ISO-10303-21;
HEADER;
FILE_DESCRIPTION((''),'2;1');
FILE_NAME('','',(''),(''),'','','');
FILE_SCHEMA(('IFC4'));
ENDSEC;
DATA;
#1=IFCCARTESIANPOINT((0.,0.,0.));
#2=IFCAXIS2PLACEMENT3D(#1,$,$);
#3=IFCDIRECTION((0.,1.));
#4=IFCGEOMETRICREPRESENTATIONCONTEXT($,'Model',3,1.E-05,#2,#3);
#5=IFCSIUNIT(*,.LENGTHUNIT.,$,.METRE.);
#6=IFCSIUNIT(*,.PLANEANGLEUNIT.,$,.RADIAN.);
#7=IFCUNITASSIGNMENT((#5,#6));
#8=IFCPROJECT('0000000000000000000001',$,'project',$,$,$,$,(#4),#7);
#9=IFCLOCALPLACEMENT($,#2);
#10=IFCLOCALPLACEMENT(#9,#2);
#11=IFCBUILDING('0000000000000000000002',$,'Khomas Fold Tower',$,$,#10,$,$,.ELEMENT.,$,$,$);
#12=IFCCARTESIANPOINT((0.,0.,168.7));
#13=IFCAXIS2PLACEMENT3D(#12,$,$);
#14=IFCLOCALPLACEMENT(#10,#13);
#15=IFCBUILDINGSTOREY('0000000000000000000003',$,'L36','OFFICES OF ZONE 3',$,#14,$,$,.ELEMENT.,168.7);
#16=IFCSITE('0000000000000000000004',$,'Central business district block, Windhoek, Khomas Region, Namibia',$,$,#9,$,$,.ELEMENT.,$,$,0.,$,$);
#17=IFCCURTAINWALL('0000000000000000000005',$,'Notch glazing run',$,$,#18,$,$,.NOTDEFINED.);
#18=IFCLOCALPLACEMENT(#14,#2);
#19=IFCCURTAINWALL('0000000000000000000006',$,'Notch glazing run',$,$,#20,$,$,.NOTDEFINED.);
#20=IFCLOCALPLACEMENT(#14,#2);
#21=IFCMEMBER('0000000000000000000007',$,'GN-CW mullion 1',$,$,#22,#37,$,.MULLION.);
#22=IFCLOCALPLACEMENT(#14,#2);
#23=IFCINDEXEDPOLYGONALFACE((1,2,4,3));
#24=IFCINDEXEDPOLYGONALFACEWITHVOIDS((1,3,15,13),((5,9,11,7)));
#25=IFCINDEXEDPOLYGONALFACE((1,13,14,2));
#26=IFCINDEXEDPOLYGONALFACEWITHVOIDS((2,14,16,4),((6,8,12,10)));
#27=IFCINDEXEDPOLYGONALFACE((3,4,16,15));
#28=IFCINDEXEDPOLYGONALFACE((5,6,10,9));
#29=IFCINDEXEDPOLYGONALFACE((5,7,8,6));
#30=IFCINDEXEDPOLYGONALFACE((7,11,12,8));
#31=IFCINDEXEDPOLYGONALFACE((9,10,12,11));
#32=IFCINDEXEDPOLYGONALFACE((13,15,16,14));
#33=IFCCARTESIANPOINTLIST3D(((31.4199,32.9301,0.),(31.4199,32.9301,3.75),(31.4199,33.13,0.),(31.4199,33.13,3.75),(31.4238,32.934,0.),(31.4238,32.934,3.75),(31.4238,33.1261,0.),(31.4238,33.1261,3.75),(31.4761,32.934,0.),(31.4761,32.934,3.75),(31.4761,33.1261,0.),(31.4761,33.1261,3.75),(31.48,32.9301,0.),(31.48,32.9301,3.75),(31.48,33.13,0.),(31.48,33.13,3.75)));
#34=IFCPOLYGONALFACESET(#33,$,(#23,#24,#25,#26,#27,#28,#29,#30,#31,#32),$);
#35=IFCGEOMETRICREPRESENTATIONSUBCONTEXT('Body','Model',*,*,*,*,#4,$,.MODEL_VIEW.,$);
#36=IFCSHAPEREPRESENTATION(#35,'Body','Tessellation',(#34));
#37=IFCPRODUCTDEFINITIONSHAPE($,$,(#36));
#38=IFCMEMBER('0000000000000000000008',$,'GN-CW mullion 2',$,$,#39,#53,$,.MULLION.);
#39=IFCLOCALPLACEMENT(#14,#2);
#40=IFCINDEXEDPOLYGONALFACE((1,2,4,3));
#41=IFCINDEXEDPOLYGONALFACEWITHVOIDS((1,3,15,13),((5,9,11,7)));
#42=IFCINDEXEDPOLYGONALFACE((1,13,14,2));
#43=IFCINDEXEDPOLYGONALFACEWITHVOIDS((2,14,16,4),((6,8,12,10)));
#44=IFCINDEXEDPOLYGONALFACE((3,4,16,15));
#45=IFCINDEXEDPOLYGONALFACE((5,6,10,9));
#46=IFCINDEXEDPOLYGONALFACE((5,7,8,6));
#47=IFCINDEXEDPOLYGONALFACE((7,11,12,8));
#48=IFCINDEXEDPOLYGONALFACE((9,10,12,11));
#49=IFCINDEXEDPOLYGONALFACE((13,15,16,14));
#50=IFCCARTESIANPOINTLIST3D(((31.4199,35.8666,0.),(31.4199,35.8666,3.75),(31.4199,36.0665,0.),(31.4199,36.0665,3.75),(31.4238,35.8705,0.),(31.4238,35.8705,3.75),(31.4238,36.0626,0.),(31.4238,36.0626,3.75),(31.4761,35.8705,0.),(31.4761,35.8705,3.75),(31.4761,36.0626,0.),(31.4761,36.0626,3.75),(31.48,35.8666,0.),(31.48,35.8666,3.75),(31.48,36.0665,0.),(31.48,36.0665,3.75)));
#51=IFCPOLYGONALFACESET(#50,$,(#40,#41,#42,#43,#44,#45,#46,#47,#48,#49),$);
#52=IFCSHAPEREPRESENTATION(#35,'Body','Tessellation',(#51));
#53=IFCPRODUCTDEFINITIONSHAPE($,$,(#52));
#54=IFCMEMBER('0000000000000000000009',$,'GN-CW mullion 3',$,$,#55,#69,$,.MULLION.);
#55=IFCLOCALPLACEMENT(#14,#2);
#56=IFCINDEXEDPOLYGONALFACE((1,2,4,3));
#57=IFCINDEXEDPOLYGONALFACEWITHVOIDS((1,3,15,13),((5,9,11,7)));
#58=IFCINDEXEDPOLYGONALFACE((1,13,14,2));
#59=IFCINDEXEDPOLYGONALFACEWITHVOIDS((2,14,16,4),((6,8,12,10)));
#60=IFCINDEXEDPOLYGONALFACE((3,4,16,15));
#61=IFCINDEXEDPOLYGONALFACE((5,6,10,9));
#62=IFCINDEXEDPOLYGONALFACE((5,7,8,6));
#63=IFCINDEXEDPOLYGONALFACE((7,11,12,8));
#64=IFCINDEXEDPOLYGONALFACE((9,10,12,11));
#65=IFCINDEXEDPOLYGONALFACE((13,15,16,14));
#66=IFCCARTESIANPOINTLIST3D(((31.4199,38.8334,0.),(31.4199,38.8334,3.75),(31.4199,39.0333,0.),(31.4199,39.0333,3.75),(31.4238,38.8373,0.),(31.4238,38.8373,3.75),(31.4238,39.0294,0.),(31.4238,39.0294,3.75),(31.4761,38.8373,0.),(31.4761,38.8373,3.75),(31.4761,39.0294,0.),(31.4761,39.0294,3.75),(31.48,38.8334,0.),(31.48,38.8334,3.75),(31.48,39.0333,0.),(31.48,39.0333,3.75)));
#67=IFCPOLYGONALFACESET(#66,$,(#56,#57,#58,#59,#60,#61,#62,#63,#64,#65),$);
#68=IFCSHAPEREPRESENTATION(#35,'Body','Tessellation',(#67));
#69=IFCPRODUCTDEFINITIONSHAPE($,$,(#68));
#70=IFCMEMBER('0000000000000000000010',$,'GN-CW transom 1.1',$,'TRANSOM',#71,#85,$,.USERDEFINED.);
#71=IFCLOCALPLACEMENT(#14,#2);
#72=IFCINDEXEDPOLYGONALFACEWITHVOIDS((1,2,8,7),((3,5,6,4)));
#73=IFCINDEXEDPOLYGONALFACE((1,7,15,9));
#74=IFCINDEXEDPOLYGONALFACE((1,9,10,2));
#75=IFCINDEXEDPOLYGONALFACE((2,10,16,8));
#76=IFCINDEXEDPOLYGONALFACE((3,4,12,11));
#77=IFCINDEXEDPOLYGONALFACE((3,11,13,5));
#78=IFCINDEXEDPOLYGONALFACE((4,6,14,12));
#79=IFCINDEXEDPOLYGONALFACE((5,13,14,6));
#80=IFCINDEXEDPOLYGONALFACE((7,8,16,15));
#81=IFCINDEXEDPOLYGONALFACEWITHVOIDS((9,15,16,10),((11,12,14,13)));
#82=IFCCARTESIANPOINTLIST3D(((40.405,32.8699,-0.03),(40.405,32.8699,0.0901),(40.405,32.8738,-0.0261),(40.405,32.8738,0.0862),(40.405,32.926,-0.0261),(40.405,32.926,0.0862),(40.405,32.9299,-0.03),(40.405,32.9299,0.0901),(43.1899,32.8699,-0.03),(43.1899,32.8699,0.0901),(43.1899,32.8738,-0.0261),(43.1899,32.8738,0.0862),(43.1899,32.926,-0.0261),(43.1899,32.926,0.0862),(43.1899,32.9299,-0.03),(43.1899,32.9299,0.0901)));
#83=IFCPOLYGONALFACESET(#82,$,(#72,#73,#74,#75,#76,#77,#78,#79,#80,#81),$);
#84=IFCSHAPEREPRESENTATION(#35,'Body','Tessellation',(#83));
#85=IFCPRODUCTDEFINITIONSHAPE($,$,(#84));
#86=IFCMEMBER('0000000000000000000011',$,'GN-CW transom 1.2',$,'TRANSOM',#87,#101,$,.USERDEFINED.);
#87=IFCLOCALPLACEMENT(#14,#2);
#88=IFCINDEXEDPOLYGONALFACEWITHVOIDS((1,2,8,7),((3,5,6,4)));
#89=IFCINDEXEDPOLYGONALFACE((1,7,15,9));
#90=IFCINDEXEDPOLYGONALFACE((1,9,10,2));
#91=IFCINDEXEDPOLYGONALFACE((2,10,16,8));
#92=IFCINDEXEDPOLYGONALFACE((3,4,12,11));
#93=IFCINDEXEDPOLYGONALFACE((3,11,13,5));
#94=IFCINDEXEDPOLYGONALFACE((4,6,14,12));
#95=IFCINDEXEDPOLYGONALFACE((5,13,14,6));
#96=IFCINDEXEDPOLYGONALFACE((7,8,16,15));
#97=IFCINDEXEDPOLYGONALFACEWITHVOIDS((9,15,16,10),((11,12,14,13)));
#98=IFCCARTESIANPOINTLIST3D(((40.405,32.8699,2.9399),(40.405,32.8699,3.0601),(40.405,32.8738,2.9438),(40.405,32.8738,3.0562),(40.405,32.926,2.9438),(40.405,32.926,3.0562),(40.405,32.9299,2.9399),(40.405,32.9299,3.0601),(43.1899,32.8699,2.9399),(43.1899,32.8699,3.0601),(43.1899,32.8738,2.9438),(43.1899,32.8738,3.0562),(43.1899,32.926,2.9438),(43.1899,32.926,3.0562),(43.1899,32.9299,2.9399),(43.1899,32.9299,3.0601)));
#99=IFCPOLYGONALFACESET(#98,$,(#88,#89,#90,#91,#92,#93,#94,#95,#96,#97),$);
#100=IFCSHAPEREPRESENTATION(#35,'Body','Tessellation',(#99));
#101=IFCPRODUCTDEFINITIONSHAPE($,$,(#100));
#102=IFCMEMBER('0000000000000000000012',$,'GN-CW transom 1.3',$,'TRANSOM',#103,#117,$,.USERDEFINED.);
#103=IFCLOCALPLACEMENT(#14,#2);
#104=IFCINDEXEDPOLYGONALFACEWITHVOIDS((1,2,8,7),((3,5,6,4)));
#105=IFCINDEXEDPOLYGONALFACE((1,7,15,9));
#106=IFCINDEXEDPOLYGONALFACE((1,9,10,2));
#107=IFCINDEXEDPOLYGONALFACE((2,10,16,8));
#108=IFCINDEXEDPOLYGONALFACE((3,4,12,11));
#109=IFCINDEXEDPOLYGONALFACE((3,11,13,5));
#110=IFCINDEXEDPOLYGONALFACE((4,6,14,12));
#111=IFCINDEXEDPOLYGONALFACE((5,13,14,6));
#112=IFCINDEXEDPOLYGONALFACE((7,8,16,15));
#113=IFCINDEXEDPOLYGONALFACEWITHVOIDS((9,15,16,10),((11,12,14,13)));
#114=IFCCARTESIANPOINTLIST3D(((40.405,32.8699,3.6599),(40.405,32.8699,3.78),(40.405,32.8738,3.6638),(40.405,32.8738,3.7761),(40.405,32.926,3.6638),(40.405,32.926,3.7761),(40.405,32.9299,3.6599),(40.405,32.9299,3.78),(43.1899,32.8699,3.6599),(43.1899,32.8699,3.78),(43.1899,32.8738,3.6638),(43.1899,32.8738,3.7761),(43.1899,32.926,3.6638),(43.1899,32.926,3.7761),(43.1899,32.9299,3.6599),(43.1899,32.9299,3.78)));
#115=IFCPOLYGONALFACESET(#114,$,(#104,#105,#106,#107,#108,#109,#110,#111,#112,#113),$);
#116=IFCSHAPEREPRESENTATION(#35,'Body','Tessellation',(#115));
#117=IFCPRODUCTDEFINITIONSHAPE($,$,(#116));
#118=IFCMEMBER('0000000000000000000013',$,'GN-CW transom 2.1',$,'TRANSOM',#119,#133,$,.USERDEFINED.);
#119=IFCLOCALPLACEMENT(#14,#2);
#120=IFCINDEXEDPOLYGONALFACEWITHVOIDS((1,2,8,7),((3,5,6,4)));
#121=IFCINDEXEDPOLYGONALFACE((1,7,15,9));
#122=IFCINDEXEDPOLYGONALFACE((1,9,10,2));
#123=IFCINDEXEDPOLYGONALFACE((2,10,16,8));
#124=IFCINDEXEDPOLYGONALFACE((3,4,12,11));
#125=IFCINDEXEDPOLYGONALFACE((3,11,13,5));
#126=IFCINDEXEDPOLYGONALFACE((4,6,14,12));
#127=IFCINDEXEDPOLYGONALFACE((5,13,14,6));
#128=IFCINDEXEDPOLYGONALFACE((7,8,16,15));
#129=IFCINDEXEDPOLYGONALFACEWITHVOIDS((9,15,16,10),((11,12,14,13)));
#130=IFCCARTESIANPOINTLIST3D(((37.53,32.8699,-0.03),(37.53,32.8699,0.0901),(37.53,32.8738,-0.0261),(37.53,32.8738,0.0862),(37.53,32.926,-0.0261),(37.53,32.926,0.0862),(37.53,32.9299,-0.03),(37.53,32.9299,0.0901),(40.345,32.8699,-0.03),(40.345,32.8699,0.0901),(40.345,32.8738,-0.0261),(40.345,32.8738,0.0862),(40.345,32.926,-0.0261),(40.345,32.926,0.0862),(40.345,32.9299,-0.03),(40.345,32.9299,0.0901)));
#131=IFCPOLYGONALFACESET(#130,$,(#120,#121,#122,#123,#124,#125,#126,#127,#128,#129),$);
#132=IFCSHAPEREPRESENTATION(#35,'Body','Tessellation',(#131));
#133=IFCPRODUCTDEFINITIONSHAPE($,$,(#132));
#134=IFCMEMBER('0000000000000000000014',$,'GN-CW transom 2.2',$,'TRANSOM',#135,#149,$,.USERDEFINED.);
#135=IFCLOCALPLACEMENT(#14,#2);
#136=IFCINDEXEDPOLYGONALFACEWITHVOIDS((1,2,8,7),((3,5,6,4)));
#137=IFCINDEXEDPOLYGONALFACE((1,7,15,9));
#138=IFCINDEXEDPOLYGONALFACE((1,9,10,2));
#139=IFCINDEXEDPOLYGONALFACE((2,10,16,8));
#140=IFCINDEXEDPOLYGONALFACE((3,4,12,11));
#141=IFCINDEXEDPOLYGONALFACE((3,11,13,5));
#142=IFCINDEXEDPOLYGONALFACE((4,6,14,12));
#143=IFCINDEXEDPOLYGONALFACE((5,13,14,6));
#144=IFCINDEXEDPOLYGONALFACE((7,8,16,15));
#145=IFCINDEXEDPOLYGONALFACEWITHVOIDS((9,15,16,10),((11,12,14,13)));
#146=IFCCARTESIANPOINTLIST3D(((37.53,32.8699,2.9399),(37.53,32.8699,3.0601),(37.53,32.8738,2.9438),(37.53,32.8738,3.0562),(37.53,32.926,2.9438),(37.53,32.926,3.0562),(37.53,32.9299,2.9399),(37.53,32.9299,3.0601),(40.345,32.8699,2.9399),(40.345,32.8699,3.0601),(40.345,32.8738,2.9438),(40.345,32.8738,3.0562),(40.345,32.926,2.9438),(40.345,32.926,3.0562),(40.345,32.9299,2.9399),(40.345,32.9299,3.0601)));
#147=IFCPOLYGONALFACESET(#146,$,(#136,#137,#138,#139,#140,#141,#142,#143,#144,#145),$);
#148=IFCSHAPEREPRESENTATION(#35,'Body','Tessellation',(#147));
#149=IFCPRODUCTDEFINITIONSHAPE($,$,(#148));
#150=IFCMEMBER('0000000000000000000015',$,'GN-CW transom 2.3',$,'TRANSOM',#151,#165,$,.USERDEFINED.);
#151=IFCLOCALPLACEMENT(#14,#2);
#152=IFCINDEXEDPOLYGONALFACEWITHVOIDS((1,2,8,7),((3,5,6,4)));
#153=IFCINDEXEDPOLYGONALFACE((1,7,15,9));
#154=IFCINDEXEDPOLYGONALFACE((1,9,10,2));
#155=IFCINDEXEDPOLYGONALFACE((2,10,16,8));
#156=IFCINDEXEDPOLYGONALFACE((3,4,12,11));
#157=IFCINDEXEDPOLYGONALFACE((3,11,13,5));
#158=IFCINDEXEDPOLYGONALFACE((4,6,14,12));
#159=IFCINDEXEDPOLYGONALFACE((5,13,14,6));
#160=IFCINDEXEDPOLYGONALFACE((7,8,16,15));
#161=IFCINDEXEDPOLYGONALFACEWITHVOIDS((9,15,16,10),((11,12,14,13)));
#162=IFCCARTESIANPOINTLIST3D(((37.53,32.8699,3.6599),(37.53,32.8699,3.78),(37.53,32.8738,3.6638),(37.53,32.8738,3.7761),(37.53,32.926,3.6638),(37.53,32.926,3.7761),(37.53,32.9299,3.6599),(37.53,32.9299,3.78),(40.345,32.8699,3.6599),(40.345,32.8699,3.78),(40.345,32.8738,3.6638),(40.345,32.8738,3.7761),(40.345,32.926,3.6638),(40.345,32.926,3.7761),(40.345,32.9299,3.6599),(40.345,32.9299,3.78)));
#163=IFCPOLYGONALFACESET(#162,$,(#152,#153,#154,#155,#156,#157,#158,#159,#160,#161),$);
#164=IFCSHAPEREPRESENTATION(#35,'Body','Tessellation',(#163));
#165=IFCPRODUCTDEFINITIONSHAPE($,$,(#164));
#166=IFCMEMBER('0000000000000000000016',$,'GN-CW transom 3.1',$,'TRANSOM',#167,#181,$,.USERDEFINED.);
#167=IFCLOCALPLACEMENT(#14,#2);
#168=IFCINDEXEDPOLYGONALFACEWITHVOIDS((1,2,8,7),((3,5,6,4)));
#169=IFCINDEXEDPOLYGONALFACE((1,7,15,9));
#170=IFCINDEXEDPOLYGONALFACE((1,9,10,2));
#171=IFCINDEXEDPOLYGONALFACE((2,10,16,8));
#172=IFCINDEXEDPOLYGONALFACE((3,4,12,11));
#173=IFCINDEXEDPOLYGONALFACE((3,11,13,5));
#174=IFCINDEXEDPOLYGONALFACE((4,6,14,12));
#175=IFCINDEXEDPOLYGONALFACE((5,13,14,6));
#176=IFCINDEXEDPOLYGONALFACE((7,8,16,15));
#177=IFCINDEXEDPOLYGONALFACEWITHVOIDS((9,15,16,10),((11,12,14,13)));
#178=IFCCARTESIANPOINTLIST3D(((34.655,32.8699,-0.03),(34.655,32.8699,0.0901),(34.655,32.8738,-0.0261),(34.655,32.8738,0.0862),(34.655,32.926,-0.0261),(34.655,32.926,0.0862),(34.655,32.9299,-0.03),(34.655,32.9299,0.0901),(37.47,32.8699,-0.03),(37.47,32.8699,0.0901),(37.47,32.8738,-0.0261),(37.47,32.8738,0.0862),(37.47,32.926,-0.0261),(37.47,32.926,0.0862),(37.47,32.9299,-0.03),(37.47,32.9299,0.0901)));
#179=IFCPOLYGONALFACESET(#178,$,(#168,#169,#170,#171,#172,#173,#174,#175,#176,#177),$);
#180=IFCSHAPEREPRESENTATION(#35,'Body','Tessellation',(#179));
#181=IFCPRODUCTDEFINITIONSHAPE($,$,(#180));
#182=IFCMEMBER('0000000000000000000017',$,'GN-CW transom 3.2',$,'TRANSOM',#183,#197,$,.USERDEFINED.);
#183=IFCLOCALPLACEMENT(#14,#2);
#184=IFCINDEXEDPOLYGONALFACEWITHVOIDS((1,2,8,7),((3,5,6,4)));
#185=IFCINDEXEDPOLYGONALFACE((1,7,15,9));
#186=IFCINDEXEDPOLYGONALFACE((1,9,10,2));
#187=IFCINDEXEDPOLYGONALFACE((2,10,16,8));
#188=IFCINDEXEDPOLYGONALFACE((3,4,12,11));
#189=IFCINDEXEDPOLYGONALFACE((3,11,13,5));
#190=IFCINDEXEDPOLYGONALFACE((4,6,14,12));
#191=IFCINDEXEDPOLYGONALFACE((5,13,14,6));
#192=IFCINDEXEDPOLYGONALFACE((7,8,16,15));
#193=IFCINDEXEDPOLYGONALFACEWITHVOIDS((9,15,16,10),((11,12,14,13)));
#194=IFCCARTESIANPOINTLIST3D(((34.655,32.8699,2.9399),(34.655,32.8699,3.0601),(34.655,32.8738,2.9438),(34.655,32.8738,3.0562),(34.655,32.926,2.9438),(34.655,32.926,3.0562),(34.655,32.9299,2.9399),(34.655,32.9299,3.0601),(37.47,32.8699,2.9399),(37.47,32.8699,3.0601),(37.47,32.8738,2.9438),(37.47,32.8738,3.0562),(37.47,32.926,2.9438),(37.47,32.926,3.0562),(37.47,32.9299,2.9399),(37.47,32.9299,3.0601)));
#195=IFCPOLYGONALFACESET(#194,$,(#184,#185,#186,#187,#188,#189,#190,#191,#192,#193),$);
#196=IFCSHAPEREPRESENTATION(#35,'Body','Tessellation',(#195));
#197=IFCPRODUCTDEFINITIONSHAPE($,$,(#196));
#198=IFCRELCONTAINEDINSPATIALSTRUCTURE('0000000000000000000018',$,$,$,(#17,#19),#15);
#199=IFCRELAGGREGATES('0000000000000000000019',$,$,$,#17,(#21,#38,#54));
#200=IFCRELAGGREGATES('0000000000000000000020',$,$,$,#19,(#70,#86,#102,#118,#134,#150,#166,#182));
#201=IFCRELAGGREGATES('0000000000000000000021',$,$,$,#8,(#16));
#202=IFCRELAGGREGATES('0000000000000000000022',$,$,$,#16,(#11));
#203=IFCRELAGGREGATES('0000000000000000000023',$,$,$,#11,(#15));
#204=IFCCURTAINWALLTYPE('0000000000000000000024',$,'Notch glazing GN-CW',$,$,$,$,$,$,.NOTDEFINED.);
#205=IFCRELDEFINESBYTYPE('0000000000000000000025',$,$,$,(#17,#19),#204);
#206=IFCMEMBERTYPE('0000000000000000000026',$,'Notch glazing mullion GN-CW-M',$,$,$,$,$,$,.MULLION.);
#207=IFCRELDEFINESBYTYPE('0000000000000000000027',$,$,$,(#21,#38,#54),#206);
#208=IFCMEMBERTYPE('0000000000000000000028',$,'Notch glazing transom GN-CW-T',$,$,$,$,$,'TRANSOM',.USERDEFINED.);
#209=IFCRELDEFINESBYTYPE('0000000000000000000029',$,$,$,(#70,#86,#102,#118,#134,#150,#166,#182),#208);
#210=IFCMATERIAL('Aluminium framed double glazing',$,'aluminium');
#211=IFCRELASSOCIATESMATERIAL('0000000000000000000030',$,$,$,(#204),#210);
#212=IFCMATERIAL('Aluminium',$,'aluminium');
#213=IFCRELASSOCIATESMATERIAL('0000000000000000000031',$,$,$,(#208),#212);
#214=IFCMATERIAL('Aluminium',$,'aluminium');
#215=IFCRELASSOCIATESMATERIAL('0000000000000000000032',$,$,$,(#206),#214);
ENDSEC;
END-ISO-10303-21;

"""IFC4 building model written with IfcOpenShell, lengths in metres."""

from ifc_helpers import new_model, si_unit, direction, frame, origin, origin_2d, place, context, subcontext, project, spatial, hollow_rectangle, extrude, source, transform, mapped, material, material_profile, profile_set, type_object, element, aggregate, save


model = new_model("IFC4")

# Units and contexts
model_context = context("Model", 3, precision=1e-05, world=origin(), true_north=direction((0.0, 1.0)))
body_context = subcontext(model_context, "Body", "Model", "MODEL_VIEW")
ifc_project = project(units=[si_unit("LENGTHUNIT", "METRE"), si_unit("PLANEANGLEUNIT", "RADIAN")], contexts=[model_context])

# Site, building, storey
site_placement = place(None, origin())
site = spatial("IfcSite", under=ifc_project, at=site_placement, Name="Central business district block, Windhoek, Khomas Region, Namibia", CompositionType="ELEMENT", RefElevation=0.0)
building_placement = place(site_placement, origin())
building = spatial("IfcBuilding", under=site, at=building_placement, Name="Khomas Fold Tower", CompositionType="ELEMENT")
storey_placement = place(building_placement, frame((0.0, 0.0, 168.7)))
storey = spatial("IfcBuildingStorey", under=building, at=storey_placement, Name="L36", Description="OFFICES OF ZONE 3", CompositionType="ELEMENT", Elevation=168.7)

# Curtain wall
ifc_material_1 = material(Name="Aluminium framed double glazing", Category="aluminium")
curtain_wall_type = type_object("IfcCurtainWallType", Name="Notch glazing GN-CW", PredefinedType="NOTDEFINED", material=ifc_material_1)
curtain_wall_1_placement = place(storey_placement, origin())
curtain_wall_1 = element("IfcCurtainWall", 1, at=curtain_wall_1_placement, inside=storey, type_object=curtain_wall_type, Name="Notch glazing run", PredefinedType="NOTDEFINED")
ifc_material_2 = material(Name="Aluminium", Category="aluminium")
ifc_material_profile_1 = material_profile(ifc_material_2, hollow_rectangle(XDim=0.0601, YDim=0.1201, WallThickness=0.0039, at=origin_2d()), Name="Notch glazing transom GN-CW-T")
ifc_profile_set_1 = profile_set([ifc_material_profile_1], Name="Aluminium")
member_type_1 = type_object("IfcMemberType", Name="Notch glazing transom GN-CW-T", ElementType="TRANSOM", PredefinedType="USERDEFINED", material=ifc_profile_set_1)

# Shared definitions
ifc_material_3 = material(Name="Aluminium", Category="aluminium")
ifc_material_profile_2 = material_profile(ifc_material_3, hollow_rectangle(XDim=0.0601, YDim=0.2, WallThickness=0.0039, at=origin_2d()), Name="Notch glazing mullion GN-CW-M")
ifc_profile_set_2 = profile_set([ifc_material_profile_2], Name="Aluminium")
member_type_2 = type_object("IfcMemberType", Name="Notch glazing mullion GN-CW-M", PredefinedType="MULLION", material=ifc_profile_set_2)
shared_shape_1 = source(origin(), body_context, "Body", "SweptSolid", [
    extrude(hollow_rectangle(XDim=0.0601, YDim=0.2, WallThickness=0.0039, at=origin_2d()), origin(), (0.0, 0.0, 1.0), 3.75),
])

# Curtain wall
curtain_wall_2_placement = place(storey_placement, origin())
curtain_wall_2 = element("IfcCurtainWall", 2, at=curtain_wall_2_placement, inside=storey, type_object=curtain_wall_type, Name="Notch glazing run", PredefinedType="NOTDEFINED")

# Members
member_1_placement = place(storey_placement, frame((31.45, 33.03, 0.0), z_axis=(0.0, 0.0, 1.0), x_axis=(-1.0, 0.0, 0.0)))
member_1 = element("IfcMember", 3, at=member_1_placement, type_object=member_type_2, Name="GN-CW mullion 1", PredefinedType="MULLION", context=body_context, shape_type="MappedRepresentation", body=[
    mapped(shared_shape_1, transform((0.0, 0.0, 0.0))),
])
member_2_placement = place(storey_placement, frame((31.45, 35.9666, 0.0), z_axis=(0.0, 0.0, 1.0), x_axis=(-1.0, 0.0, 0.0)))
member_2 = element("IfcMember", 4, at=member_2_placement, type_object=member_type_2, Name="GN-CW mullion 2", PredefinedType="MULLION", context=body_context, shape_type="MappedRepresentation", body=[
    mapped(shared_shape_1, transform((0.0, 0.0, 0.0))),
])
member_3_placement = place(storey_placement, frame((31.45, 38.9333, 0.0), z_axis=(0.0, 0.0, 1.0), x_axis=(-1.0, 0.0, 0.0)))
member_3 = element("IfcMember", 5, at=member_3_placement, type_object=member_type_2, Name="GN-CW mullion 3", PredefinedType="MULLION", context=body_context, shape_type="MappedRepresentation", body=[
    mapped(shared_shape_1, transform((0.0, 0.0, 0.0))),
])
shared_shape_2 = source(origin(), body_context, "Body", "SweptSolid", [
    extrude(hollow_rectangle(XDim=0.0601, YDim=0.1201, WallThickness=0.0039, at=origin_2d()), origin(), (0.0, 0.0, 1.0), 2.7849),
])
member_4_placement = place(storey_placement, frame((43.1899, 32.8999, 0.03), z_axis=(-1.0, 0.0, 0.0), x_axis=(0.0, -1.0, 0.0)))
member_4 = element("IfcMember", 6, at=member_4_placement, type_object=member_type_1, Name="GN-CW transom 1.1", ObjectType="TRANSOM", PredefinedType="USERDEFINED", context=body_context, shape_type="MappedRepresentation", body=[
    mapped(shared_shape_2, transform((0.0, 0.0, 0.0))),
])
member_5_placement = place(storey_placement, frame((43.1899, 32.8999, 3.0), z_axis=(-1.0, 0.0, 0.0), x_axis=(0.0, -1.0, 0.0)))
member_5 = element("IfcMember", 7, at=member_5_placement, type_object=member_type_1, Name="GN-CW transom 1.2", ObjectType="TRANSOM", PredefinedType="USERDEFINED", context=body_context, shape_type="MappedRepresentation", body=[
    mapped(shared_shape_2, transform((0.0, 0.0, 0.0))),
])
member_6_placement = place(storey_placement, frame((43.1899, 32.8999, 3.72), z_axis=(-1.0, 0.0, 0.0), x_axis=(0.0, -1.0, 0.0)))
member_6 = element("IfcMember", 8, at=member_6_placement, type_object=member_type_1, Name="GN-CW transom 1.3", ObjectType="TRANSOM", PredefinedType="USERDEFINED", context=body_context, shape_type="MappedRepresentation", body=[
    mapped(shared_shape_2, transform((0.0, 0.0, 0.0))),
])
shared_shape_3 = source(origin(), body_context, "Body", "SweptSolid", [
    extrude(hollow_rectangle(XDim=0.0601, YDim=0.1201, WallThickness=0.0039, at=origin_2d()), origin(), (0.0, 0.0, 1.0), 2.8149),
])
member_7_placement = place(storey_placement, frame((40.345, 32.8999, 0.03), z_axis=(-1.0, 0.0, 0.0), x_axis=(0.0, -1.0, 0.0)))
member_7 = element("IfcMember", 9, at=member_7_placement, type_object=member_type_1, Name="GN-CW transom 2.1", ObjectType="TRANSOM", PredefinedType="USERDEFINED", context=body_context, shape_type="MappedRepresentation", body=[
    mapped(shared_shape_3, transform((0.0, 0.0, 0.0))),
])
member_8_placement = place(storey_placement, frame((40.345, 32.8999, 3.0), z_axis=(-1.0, 0.0, 0.0), x_axis=(0.0, -1.0, 0.0)))
member_8 = element("IfcMember", 10, at=member_8_placement, type_object=member_type_1, Name="GN-CW transom 2.2", ObjectType="TRANSOM", PredefinedType="USERDEFINED", context=body_context, shape_type="MappedRepresentation", body=[
    mapped(shared_shape_3, transform((0.0, 0.0, 0.0))),
])
member_9_placement = place(storey_placement, frame((40.345, 32.8999, 3.72), z_axis=(-1.0, 0.0, 0.0), x_axis=(0.0, -1.0, 0.0)))
member_9 = element("IfcMember", 11, at=member_9_placement, type_object=member_type_1, Name="GN-CW transom 2.3", ObjectType="TRANSOM", PredefinedType="USERDEFINED", context=body_context, shape_type="MappedRepresentation", body=[
    mapped(shared_shape_3, transform((0.0, 0.0, 0.0))),
])
member_10_placement = place(storey_placement, frame((37.47, 32.8999, 0.03), z_axis=(-1.0, 0.0, 0.0), x_axis=(0.0, -1.0, 0.0)))
member_10 = element("IfcMember", 12, at=member_10_placement, type_object=member_type_1, Name="GN-CW transom 3.1", ObjectType="TRANSOM", PredefinedType="USERDEFINED", context=body_context, shape_type="MappedRepresentation", body=[
    mapped(shared_shape_3, transform((0.0, 0.0, 0.0))),
])
member_11_placement = place(storey_placement, frame((37.47, 32.8999, 3.0), z_axis=(-1.0, 0.0, 0.0), x_axis=(0.0, -1.0, 0.0)))
member_11 = element("IfcMember", 13, at=member_11_placement, type_object=member_type_1, Name="GN-CW transom 3.2", ObjectType="TRANSOM", PredefinedType="USERDEFINED", context=body_context, shape_type="MappedRepresentation", body=[
    mapped(shared_shape_3, transform((0.0, 0.0, 0.0))),
])

aggregate(curtain_wall_1, [member_1, member_2, member_3])
aggregate(curtain_wall_2, [member_4, member_5, member_6, member_7, member_8, member_9, member_10, member_11])

save(model, "model.ifc")
